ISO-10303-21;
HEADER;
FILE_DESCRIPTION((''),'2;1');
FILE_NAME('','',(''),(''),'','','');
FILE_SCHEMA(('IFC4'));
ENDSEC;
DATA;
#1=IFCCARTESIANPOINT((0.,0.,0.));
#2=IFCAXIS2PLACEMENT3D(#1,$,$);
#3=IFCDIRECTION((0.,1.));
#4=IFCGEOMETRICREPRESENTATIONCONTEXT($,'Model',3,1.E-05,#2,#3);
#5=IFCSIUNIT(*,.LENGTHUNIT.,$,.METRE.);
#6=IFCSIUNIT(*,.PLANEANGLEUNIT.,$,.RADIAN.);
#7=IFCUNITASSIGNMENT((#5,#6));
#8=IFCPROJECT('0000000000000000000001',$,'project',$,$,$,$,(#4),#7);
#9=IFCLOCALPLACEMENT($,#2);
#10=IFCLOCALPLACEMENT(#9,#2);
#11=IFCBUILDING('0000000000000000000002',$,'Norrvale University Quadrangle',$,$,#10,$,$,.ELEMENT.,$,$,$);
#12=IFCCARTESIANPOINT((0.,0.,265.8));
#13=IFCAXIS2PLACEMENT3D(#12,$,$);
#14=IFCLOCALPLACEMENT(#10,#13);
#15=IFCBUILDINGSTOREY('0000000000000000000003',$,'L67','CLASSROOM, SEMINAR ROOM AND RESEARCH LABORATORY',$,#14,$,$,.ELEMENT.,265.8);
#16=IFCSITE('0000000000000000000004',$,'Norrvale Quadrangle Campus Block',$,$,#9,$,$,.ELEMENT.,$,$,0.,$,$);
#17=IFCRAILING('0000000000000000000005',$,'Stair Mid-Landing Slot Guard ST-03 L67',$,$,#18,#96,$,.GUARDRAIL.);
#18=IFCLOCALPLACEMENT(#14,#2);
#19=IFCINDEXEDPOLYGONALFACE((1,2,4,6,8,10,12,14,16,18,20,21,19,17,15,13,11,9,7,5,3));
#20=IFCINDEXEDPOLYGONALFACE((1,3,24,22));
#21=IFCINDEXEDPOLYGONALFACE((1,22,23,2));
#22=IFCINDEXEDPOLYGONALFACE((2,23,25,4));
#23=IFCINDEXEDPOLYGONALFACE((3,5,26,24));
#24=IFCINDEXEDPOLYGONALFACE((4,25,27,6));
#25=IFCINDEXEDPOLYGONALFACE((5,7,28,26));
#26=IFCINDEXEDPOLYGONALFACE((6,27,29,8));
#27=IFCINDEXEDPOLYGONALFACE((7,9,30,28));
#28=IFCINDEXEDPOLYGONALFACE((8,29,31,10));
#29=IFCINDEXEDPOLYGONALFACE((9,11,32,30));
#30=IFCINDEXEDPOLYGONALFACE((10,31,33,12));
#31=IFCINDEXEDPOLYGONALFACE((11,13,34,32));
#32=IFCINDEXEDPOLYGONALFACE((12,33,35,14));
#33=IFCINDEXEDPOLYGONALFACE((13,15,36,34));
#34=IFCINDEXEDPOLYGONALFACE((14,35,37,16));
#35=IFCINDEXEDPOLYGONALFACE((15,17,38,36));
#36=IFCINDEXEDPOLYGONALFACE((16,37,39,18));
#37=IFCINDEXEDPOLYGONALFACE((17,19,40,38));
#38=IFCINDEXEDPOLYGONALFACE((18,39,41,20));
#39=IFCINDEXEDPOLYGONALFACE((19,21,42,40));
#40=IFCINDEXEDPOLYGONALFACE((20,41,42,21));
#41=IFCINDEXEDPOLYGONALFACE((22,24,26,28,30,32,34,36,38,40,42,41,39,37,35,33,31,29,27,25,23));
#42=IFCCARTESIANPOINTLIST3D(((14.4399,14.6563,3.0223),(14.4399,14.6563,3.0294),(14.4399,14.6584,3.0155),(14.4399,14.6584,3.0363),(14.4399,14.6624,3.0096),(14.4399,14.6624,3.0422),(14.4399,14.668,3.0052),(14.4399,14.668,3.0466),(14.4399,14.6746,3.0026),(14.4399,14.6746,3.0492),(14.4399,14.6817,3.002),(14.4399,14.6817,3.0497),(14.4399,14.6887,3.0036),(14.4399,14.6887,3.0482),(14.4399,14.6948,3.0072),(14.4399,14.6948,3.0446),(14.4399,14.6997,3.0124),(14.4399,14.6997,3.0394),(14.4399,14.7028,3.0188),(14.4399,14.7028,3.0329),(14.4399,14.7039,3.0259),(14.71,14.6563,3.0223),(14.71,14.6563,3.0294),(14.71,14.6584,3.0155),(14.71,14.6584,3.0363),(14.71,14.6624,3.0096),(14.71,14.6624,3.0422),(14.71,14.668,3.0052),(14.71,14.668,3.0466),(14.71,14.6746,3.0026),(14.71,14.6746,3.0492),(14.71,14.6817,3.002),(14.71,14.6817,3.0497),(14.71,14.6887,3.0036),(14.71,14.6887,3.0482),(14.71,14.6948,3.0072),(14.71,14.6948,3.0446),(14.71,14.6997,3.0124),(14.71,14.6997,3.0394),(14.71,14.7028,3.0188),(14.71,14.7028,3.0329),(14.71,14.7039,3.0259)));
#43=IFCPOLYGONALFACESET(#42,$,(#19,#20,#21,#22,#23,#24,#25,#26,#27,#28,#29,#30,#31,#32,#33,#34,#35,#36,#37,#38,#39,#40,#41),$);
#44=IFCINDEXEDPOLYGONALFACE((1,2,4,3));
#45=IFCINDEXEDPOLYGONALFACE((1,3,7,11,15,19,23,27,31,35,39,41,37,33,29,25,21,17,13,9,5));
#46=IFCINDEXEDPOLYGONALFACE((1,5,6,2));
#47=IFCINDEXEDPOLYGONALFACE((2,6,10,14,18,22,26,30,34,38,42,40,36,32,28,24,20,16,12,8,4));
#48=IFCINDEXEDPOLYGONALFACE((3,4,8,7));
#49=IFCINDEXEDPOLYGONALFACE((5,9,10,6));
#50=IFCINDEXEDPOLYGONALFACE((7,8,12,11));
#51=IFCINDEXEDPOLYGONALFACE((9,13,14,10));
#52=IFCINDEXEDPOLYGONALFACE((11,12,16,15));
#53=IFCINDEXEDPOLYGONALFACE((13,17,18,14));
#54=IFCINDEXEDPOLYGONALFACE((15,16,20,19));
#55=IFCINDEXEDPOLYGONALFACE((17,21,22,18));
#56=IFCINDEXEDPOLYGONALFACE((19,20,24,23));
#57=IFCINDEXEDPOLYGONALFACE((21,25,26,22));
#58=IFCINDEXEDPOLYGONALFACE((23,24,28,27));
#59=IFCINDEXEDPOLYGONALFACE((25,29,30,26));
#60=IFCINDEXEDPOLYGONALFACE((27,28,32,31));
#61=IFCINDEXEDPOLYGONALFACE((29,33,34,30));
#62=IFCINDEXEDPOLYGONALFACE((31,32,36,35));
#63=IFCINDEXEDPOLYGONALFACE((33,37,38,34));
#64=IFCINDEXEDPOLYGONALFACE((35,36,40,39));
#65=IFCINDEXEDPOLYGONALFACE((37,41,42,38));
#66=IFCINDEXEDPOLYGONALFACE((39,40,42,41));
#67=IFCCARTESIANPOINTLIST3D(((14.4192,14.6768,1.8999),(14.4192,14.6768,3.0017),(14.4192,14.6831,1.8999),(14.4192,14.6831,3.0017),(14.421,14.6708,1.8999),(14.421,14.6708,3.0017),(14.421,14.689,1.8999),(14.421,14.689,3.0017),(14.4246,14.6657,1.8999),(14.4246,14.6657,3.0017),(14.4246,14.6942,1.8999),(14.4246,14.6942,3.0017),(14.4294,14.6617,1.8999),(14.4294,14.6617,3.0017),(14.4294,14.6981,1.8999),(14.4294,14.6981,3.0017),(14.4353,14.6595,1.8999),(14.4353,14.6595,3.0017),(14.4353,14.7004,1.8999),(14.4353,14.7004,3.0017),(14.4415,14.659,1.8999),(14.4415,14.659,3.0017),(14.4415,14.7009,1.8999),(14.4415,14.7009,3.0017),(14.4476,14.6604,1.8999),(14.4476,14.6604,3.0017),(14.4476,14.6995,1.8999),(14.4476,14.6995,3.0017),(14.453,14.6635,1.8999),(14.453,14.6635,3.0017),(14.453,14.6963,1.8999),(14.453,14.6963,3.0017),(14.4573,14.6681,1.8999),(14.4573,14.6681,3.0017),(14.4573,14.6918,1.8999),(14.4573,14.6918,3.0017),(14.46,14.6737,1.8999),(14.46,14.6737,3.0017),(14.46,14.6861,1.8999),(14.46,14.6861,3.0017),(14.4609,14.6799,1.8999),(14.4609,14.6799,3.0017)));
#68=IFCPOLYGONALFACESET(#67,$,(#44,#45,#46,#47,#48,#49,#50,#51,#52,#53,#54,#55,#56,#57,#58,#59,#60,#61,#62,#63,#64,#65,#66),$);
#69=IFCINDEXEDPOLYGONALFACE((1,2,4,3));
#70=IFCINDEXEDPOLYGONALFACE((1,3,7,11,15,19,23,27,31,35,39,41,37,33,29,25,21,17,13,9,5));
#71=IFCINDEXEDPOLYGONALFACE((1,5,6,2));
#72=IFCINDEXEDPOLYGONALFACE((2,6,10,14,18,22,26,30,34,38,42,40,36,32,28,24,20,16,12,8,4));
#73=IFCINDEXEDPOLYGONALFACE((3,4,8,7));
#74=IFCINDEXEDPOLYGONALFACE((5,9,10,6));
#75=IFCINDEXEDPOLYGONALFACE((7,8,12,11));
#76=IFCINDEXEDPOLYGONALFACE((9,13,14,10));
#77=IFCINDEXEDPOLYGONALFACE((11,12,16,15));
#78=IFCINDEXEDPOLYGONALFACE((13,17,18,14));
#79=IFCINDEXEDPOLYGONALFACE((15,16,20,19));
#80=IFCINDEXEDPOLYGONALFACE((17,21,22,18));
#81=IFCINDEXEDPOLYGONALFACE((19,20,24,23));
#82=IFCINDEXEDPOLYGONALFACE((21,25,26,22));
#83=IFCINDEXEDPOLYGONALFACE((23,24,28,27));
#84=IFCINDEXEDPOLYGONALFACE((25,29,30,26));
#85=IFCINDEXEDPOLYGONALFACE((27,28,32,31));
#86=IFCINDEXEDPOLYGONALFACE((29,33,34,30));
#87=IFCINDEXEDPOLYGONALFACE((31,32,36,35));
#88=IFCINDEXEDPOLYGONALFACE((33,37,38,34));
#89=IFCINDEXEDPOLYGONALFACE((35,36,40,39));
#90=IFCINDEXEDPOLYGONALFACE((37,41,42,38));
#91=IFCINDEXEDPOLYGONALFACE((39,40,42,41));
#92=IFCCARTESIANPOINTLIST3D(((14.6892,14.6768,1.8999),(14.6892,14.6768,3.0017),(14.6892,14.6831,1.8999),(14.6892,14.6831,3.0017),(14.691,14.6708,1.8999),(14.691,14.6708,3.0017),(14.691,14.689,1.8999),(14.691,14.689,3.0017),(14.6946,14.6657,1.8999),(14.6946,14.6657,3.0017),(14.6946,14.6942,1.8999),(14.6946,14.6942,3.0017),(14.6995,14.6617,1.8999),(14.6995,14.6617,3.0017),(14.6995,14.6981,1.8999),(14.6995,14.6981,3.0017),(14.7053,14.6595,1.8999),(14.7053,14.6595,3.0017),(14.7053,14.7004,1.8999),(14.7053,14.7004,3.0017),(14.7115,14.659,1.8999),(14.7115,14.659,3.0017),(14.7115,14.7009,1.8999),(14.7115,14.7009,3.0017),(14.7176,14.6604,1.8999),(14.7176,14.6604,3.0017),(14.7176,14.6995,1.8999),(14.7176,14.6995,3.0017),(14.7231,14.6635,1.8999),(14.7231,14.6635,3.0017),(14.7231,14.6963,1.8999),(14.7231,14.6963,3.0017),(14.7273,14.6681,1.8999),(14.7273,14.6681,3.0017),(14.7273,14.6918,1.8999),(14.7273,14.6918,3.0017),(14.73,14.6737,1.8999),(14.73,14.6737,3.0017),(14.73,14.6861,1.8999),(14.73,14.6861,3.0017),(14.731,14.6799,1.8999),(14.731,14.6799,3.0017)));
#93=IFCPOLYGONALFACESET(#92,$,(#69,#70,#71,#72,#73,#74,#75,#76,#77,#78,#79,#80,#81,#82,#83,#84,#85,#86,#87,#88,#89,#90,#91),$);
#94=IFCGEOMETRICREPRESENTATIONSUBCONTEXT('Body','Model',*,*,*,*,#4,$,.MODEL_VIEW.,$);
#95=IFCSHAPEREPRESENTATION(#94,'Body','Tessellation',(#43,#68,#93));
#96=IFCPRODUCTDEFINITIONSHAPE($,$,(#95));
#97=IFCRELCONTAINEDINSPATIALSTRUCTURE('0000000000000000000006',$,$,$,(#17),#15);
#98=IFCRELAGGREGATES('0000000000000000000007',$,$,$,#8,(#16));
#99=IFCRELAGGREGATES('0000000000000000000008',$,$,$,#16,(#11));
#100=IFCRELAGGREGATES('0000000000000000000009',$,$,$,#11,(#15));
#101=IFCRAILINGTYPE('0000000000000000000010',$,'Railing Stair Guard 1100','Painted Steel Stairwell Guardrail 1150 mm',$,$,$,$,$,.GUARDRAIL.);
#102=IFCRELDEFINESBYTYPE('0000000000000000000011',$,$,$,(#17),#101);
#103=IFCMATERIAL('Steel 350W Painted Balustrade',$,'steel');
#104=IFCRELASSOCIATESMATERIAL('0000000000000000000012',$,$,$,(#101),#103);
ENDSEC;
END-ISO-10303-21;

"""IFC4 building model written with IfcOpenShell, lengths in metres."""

from ifc_helpers import new_model, si_unit, direction, frame, origin, origin_2d, place, context, subcontext, project, spatial, circle, extrude, material, type_object, element, save


model = new_model("IFC4")

# Units and contexts
model_context = context("Model", 3, precision=1e-05, world=origin(), true_north=direction((0.0, 1.0)))
body_context = subcontext(model_context, "Body", "Model", "MODEL_VIEW")
ifc_project = project(units=[si_unit("LENGTHUNIT", "METRE"), si_unit("PLANEANGLEUNIT", "RADIAN")], contexts=[model_context])

# Site, building, storey
site_placement = place(None, origin())
site = spatial("IfcSite", under=ifc_project, at=site_placement, Name="Norrvale Quadrangle Campus Block", CompositionType="ELEMENT", RefElevation=0.0)
building_placement = place(site_placement, origin())
building = spatial("IfcBuilding", under=site, at=building_placement, Name="Norrvale University Quadrangle", CompositionType="ELEMENT")
storey_placement = place(building_placement, frame((0.0, 0.0, 265.8)))
storey = spatial("IfcBuildingStorey", under=building, at=storey_placement, Name="L67", Description="CLASSROOM, SEMINAR ROOM AND RESEARCH LABORATORY", CompositionType="ELEMENT", Elevation=265.8)

# Railing
ifc_material_1 = material(Name="Steel 350W Painted Balustrade", Category="steel")
railing_type_1 = type_object("IfcRailingType", Name="Railing Stair Guard 1100", Description="Painted Steel Stairwell Guardrail 1150 mm", PredefinedType="GUARDRAIL", material=ifc_material_1)
railing_1_placement = place(storey_placement, frame((14.4399, 14.6799, 1.8999)))
element("IfcRailing", 1, at=railing_1_placement, inside=storey, type_object=railing_type_1, Name="Stair Mid-Landing Slot Guard ST-03 L67", PredefinedType="GUARDRAIL", context=body_context, shape_type="SweptSolid", body=[
    extrude(circle(Radius=0.0239, at=origin_2d()), frame((0.0, 0.0, 1.126), z_axis=(1.0, 0.0, 0.0), x_axis=(0.0, 1.0, 0.0)), (0.0, 0.0, 1.0), 0.27),
    extrude(circle(Radius=0.021, at=origin_2d()), origin(), (0.0, 0.0, 1.0), 1.1018),
    extrude(circle(Radius=0.021, at=origin_2d()), frame((0.27, 0.0, 0.0)), (0.0, 0.0, 1.0), 1.1018),
])

save(model, "model.ifc")
